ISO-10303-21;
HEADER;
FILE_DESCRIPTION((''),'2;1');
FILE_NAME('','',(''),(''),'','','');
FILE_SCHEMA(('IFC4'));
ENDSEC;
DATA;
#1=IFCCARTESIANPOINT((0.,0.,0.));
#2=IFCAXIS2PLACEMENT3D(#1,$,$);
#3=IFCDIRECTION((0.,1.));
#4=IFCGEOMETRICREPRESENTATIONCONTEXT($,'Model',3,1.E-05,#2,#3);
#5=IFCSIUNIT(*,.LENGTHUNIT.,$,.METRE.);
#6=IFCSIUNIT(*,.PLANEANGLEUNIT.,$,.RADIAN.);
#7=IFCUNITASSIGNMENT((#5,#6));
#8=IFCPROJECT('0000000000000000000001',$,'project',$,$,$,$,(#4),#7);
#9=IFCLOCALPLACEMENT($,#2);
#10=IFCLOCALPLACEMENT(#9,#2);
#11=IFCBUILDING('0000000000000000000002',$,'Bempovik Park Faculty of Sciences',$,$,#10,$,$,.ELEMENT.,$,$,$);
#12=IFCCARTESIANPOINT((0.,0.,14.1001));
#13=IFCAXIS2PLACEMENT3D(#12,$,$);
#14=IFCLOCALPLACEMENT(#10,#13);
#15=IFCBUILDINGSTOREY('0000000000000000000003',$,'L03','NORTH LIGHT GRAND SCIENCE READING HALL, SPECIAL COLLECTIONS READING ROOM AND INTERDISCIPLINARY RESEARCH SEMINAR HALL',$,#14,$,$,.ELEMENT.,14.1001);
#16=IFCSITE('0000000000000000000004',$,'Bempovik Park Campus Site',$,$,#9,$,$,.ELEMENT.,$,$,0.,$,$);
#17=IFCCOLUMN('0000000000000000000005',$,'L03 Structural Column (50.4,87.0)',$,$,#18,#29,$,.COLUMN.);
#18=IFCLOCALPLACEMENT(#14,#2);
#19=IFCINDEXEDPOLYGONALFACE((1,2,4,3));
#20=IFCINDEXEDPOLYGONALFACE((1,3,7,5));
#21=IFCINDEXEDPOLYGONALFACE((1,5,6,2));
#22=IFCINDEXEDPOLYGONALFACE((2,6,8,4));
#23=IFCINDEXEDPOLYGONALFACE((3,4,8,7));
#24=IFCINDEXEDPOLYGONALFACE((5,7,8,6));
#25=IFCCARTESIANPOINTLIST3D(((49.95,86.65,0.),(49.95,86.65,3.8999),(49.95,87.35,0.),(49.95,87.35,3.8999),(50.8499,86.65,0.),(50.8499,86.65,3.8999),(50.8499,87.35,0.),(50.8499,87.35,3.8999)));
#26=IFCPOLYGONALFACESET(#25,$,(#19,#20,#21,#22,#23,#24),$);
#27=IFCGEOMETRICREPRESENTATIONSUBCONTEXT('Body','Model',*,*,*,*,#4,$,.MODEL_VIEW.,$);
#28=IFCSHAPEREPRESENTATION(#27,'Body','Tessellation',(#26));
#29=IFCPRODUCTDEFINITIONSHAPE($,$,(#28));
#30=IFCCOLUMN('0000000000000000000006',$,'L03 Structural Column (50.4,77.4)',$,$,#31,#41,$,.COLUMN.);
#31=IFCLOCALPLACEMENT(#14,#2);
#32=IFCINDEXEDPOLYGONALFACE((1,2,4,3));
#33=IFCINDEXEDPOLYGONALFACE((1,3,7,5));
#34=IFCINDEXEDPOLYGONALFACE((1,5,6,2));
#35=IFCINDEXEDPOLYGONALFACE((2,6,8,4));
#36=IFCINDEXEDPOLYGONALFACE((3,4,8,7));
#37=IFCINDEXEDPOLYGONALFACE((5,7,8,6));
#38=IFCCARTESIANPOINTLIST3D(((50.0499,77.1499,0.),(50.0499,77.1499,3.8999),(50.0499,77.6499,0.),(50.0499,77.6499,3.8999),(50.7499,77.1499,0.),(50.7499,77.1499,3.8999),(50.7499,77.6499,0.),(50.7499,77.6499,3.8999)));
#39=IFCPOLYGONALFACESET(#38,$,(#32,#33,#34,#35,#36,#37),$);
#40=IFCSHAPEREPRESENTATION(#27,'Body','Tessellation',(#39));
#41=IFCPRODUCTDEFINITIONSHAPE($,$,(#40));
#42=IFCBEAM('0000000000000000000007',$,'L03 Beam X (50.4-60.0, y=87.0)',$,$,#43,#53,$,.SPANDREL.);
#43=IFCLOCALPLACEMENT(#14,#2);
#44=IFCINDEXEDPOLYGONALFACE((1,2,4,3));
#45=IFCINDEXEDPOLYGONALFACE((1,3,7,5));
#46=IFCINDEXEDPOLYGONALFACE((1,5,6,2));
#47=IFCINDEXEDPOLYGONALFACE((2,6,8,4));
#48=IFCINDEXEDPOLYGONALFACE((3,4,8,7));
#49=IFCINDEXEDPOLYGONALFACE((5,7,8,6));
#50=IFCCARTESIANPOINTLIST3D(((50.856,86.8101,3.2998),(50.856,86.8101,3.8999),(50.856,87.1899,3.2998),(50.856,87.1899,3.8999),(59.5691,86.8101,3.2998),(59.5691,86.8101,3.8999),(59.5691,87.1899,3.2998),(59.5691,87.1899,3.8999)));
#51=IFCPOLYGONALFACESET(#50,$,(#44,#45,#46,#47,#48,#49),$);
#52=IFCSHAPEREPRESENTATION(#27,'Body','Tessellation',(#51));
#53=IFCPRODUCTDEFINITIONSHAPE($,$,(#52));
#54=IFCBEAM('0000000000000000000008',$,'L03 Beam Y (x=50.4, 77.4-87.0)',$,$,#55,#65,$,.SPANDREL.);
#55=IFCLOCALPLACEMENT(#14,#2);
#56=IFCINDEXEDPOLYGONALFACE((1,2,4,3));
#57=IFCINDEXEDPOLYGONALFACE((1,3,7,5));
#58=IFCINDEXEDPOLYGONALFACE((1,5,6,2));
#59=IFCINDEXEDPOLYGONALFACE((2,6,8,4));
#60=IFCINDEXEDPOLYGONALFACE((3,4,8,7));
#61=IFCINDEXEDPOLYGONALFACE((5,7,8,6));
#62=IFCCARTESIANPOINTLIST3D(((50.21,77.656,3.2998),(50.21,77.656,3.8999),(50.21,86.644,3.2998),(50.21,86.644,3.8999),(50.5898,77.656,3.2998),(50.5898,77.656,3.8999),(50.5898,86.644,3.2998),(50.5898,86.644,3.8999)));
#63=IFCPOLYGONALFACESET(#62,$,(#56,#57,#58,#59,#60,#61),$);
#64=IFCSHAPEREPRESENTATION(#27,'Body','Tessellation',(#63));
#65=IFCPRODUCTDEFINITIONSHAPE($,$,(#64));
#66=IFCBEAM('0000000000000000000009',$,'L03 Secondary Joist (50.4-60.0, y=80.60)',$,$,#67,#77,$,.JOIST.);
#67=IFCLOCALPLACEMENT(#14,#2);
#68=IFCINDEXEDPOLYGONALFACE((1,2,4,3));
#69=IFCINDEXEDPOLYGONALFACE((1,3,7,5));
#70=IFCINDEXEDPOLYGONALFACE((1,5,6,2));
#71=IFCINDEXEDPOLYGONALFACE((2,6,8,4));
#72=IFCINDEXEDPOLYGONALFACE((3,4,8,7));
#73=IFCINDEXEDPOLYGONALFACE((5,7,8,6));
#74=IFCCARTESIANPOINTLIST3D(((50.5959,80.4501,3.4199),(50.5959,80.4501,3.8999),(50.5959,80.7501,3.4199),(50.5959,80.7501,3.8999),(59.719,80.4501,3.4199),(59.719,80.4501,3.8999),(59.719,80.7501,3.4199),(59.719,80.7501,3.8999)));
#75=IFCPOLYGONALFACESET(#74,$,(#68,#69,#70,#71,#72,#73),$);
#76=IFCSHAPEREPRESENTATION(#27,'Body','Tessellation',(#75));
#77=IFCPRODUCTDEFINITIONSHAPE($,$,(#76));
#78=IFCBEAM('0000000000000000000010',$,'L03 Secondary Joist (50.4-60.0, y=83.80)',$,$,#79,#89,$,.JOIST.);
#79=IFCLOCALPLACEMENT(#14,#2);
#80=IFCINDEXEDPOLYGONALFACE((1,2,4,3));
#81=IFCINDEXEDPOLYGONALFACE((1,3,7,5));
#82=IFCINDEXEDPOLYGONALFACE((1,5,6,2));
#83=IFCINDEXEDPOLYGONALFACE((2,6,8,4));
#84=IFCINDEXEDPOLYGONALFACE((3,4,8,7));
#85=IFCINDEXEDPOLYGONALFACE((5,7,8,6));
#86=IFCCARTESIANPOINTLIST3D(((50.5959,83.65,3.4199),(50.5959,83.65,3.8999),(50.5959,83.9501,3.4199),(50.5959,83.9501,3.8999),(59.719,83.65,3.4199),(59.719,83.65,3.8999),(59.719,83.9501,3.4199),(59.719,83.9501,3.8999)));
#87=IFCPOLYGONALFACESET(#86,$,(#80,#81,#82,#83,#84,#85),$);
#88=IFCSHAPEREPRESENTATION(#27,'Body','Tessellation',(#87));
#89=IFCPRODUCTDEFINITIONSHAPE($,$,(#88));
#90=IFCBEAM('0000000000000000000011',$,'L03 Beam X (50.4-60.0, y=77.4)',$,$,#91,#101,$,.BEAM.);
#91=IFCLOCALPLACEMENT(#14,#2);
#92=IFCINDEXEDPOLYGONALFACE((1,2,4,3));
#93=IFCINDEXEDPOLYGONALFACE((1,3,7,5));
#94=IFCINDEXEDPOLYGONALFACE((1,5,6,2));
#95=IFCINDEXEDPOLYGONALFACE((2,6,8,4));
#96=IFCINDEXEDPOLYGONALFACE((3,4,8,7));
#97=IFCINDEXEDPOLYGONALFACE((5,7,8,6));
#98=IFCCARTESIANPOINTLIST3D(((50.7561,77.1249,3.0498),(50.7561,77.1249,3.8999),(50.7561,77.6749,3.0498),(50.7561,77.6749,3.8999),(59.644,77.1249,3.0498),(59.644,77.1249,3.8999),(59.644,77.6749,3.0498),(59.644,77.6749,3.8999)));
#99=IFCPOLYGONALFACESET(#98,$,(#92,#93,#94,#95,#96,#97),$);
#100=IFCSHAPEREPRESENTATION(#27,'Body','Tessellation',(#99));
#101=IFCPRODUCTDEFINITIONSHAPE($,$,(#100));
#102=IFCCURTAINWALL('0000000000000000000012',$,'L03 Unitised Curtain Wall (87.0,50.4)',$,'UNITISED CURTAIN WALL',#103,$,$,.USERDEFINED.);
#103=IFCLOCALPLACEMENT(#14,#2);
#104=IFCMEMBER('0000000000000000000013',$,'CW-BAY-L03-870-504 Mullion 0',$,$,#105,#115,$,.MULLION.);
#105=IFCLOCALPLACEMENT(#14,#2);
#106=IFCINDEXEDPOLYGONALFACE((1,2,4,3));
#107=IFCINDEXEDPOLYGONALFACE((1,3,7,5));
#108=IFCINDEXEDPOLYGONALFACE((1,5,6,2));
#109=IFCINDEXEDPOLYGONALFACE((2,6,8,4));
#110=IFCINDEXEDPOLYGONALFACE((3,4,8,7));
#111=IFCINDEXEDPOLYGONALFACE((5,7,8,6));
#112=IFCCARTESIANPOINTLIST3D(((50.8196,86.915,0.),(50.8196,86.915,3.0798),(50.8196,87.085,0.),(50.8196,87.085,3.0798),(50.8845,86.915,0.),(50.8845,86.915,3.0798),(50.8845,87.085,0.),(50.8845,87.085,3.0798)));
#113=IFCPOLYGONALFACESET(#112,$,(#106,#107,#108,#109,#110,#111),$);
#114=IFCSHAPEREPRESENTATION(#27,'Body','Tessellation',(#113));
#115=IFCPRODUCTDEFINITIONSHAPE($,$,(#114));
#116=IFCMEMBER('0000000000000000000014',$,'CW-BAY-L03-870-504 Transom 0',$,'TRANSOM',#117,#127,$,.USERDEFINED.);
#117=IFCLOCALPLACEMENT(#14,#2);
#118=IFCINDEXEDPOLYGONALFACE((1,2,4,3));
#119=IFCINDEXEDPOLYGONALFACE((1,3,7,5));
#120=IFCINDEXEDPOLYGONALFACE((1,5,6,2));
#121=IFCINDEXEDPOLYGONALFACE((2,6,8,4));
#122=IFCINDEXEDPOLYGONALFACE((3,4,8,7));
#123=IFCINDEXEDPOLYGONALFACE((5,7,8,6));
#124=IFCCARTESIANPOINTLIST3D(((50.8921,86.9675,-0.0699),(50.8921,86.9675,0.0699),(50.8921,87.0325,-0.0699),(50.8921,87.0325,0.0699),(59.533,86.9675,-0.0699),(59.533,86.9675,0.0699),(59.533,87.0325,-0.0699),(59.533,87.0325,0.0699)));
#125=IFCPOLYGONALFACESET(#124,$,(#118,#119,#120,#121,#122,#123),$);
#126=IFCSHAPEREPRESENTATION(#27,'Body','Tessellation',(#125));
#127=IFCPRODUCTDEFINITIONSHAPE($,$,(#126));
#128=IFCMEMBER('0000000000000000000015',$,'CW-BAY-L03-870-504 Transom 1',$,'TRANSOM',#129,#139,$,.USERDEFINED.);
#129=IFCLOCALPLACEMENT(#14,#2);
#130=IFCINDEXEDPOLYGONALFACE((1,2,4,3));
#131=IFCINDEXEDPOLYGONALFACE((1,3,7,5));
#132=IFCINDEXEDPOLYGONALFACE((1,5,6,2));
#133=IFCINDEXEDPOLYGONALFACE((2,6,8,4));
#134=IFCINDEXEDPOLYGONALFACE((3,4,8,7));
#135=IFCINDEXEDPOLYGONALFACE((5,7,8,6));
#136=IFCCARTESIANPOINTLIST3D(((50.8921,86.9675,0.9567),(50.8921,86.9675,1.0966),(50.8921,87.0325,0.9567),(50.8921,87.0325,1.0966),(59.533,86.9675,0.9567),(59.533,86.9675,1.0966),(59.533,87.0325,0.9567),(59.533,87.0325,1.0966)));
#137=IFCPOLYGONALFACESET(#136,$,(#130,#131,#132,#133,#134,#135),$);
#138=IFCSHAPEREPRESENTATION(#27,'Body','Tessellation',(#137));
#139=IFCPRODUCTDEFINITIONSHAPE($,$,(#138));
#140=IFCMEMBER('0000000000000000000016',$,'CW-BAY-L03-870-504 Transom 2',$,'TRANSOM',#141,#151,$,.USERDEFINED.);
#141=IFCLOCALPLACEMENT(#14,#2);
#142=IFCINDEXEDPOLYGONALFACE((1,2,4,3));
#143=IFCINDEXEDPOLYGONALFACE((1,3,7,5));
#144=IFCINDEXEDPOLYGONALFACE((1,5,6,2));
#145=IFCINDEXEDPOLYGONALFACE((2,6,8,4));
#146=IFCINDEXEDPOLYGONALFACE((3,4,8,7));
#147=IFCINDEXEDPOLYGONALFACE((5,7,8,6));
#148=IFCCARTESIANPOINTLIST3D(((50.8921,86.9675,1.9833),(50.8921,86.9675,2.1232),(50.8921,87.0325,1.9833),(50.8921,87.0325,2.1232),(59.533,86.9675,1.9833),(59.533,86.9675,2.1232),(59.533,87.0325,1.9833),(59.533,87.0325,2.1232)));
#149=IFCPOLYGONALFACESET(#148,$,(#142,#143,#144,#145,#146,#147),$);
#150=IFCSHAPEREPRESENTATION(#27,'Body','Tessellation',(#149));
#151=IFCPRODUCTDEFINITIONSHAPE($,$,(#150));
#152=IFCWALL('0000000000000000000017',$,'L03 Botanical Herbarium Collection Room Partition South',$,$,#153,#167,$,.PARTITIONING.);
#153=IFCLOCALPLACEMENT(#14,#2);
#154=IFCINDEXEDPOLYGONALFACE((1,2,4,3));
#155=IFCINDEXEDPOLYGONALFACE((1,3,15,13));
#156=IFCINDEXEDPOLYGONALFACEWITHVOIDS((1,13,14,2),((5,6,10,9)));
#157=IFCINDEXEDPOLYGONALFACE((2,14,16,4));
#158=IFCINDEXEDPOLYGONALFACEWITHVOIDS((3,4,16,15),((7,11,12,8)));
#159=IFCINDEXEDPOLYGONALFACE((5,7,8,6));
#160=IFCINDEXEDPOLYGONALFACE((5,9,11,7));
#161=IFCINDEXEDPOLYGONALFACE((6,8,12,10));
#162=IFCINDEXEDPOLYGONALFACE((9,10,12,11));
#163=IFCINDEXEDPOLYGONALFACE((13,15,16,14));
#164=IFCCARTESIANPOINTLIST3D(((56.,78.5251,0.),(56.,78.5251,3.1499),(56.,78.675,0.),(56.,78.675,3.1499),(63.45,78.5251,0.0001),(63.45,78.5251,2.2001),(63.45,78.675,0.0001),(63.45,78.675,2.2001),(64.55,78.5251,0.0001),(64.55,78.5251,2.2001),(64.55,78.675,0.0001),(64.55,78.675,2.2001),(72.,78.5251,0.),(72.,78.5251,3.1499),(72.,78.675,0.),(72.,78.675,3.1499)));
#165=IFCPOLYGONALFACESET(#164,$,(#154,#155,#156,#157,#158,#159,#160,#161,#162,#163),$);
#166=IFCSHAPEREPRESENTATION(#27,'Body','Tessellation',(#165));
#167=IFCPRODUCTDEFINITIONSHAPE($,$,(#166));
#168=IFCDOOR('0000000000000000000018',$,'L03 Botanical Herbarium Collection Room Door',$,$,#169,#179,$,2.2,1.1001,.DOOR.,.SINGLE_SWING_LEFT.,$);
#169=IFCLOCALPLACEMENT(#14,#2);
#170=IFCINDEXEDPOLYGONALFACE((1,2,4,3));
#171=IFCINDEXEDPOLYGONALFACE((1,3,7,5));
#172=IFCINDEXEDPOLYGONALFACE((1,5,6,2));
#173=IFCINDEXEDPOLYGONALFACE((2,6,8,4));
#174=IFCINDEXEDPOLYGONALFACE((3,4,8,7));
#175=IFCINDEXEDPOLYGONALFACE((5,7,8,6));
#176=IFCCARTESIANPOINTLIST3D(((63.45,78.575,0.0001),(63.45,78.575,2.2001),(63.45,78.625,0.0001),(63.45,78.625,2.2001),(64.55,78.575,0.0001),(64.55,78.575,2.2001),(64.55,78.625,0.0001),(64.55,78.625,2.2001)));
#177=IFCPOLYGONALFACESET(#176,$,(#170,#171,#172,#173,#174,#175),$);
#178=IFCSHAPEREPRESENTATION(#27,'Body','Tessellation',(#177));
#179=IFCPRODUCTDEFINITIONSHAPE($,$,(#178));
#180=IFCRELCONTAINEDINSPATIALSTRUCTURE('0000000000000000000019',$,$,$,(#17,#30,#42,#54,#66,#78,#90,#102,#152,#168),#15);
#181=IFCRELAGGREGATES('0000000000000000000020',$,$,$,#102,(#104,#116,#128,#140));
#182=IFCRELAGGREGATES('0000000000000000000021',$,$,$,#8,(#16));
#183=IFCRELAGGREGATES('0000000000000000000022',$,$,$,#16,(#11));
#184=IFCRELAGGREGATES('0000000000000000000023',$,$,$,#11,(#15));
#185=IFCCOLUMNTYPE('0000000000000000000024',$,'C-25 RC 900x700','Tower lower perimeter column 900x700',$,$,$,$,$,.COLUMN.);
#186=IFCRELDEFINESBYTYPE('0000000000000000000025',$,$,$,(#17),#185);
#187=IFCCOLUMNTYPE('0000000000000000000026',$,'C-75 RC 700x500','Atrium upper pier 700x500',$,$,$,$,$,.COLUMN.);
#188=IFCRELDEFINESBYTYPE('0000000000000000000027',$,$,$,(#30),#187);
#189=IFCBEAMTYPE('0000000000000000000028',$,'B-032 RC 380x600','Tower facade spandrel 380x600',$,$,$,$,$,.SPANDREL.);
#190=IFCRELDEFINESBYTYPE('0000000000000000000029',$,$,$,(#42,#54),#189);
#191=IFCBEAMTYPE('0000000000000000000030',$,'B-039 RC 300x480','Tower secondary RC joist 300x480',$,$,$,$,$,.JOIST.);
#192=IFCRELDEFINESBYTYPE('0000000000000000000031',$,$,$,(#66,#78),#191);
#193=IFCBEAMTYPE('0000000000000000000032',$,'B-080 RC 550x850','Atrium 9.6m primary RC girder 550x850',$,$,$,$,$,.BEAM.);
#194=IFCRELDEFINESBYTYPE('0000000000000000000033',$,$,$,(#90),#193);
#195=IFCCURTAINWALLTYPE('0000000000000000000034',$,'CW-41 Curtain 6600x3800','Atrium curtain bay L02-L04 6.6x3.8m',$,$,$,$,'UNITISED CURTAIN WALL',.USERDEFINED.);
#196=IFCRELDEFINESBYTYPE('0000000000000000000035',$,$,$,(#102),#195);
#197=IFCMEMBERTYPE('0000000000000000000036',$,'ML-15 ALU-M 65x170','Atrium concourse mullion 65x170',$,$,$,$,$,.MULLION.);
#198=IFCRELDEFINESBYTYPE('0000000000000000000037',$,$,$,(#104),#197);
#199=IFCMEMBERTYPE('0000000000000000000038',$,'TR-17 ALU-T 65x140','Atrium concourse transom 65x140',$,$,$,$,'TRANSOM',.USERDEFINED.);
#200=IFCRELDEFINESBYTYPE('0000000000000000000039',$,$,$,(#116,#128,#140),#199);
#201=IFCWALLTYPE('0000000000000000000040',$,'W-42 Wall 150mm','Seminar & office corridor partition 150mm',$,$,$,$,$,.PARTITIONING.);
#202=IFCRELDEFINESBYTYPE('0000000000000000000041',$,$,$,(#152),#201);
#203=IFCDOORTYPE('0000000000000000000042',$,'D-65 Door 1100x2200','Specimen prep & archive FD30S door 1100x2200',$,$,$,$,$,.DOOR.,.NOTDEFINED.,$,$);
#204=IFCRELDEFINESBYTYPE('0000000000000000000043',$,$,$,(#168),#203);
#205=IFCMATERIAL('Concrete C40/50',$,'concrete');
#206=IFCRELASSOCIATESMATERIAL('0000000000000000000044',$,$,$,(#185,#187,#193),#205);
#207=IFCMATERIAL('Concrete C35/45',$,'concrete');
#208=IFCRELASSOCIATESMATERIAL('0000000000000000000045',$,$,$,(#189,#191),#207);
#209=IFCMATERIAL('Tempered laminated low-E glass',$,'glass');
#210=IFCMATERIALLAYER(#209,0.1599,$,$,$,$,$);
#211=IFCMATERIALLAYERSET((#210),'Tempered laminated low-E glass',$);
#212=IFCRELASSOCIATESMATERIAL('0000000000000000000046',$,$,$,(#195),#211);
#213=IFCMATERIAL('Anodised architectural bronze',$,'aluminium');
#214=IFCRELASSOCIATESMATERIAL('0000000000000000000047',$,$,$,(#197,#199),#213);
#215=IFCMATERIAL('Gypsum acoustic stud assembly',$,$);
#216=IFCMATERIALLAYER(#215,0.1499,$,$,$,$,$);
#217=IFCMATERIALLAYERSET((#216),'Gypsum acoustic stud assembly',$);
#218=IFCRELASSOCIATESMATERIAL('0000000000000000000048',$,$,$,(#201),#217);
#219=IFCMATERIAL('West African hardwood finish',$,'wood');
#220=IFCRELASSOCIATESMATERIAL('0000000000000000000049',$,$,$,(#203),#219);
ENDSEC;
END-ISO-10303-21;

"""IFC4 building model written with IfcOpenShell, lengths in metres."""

from ifc_helpers import new_model, si_unit, direction, frame, frame_2d, origin, origin_2d, place, context, subcontext, project, spatial, rectangle, extrude, material, layer, layer_set, material_profile, profile_set, type_object, element, fill, aggregate, save


model = new_model("IFC4")

# Units and contexts
model_context = context("Model", 3, precision=1e-05, world=origin(), true_north=direction((0.0, 1.0)))
body_context = subcontext(model_context, "Body", "Model", "MODEL_VIEW")
ifc_project = project(units=[si_unit("LENGTHUNIT", "METRE"), si_unit("PLANEANGLEUNIT", "RADIAN")], contexts=[model_context])

# Site, building, storey
site_placement = place(None, origin())
site = spatial("IfcSite", under=ifc_project, at=site_placement, Name="Bempovik Park Campus Site", CompositionType="ELEMENT", RefElevation=0.0)
building_placement = place(site_placement, origin())
building = spatial("IfcBuilding", under=site, at=building_placement, Name="Bempovik Park Faculty of Sciences", CompositionType="ELEMENT")
storey_placement = place(building_placement, frame((0.0, 0.0, 14.1001)))
storey = spatial("IfcBuildingStorey", under=building, at=storey_placement, Name="L03", Description="NORTH LIGHT GRAND SCIENCE READING HALL, SPECIAL COLLECTIONS READING ROOM AND INTERDISCIPLINARY RESEARCH SEMINAR HALL", CompositionType="ELEMENT", Elevation=14.1001)

# Columns
ifc_material_1 = material(Name="Concrete C40/50", Category="concrete")
ifc_material_profile_1 = material_profile(ifc_material_1, rectangle(XDim=0.8999, YDim=0.7, at=origin_2d()), Name="RC 900x700")
ifc_profile_set_1 = profile_set([ifc_material_profile_1], Name="Concrete C40/50")
column_type_1 = type_object("IfcColumnType", Name="C-25 RC 900x700", Description="Tower lower perimeter column 900x700", PredefinedType="COLUMN", material=ifc_profile_set_1)
column_1_placement = place(storey_placement, frame((50.3999, 87.0, 0.0), z_axis=(0.0, 0.0, 1.0), x_axis=(1.0, 0.0, 0.0)))
element("IfcColumn", 1, at=column_1_placement, inside=storey, type_object=column_type_1, Name="L03 Structural Column (50.4,87.0)", PredefinedType="COLUMN", context=body_context, shape_type="SweptSolid", body=[
    extrude(rectangle(XDim=0.8999, YDim=0.7, at=origin_2d()), origin(), (0.0, 0.0, 1.0), 3.8999),
])
ifc_material_profile_2 = material_profile(ifc_material_1, rectangle(XDim=0.7, YDim=0.5, at=origin_2d()), Name="RC 700x500")
ifc_profile_set_2 = profile_set([ifc_material_profile_2], Name="Concrete C40/50")
column_type_2 = type_object("IfcColumnType", Name="C-75 RC 700x500", Description="Atrium upper pier 700x500", PredefinedType="COLUMN", material=ifc_profile_set_2)
column_2_placement = place(storey_placement, frame((50.3999, 77.3999, 0.0), z_axis=(0.0, 0.0, 1.0), x_axis=(1.0, 0.0, 0.0)))
element("IfcColumn", 2, at=column_2_placement, inside=storey, type_object=column_type_2, Name="L03 Structural Column (50.4,77.4)", PredefinedType="COLUMN", context=body_context, shape_type="SweptSolid", body=[
    extrude(rectangle(XDim=0.7, YDim=0.5, at=origin_2d()), origin(), (0.0, 0.0, 1.0), 3.8999),
])

# Beams
ifc_material_2 = material(Name="Concrete C35/45", Category="concrete")
ifc_material_profile_3 = material_profile(ifc_material_2, rectangle(XDim=0.3799, YDim=0.6001, at=origin_2d()), Name="RC 380x600")
ifc_profile_set_3 = profile_set([ifc_material_profile_3], Name="Concrete C35/45")
beam_type_1 = type_object("IfcBeamType", Name="B-032 RC 380x600", Description="Tower facade spandrel 380x600", PredefinedType="SPANDREL", material=ifc_profile_set_3)
beam_1_placement = place(storey_placement, frame((50.856, 87.0, 3.5999), z_axis=(1.0, 0.0, 0.0), x_axis=(0.0, 1.0, 0.0)))
element("IfcBeam", 3, at=beam_1_placement, inside=storey, type_object=beam_type_1, Name="L03 Beam X (50.4-60.0, y=87.0)", PredefinedType="SPANDREL", context=body_context, shape_type="SweptSolid", body=[
    extrude(rectangle(XDim=0.3799, YDim=0.6001, at=origin_2d()), origin(), (0.0, 0.0, 1.0), 8.7131),
])
beam_2_placement = place(storey_placement, frame((50.3999, 77.656, 3.5999), z_axis=(0.0, 1.0, 0.0), x_axis=(-1.0, 0.0, 0.0)))
element("IfcBeam", 4, at=beam_2_placement, inside=storey, type_object=beam_type_1, Name="L03 Beam Y (x=50.4, 77.4-87.0)", PredefinedType="SPANDREL", context=body_context, shape_type="SweptSolid", body=[
    extrude(rectangle(XDim=0.3799, YDim=0.6001, at=origin_2d()), origin(), (0.0, 0.0, 1.0), 8.988),
])
ifc_material_profile_4 = material_profile(ifc_material_2, rectangle(XDim=0.3, YDim=0.48, at=origin_2d()), Name="RC 300x480")
ifc_profile_set_4 = profile_set([ifc_material_profile_4], Name="Concrete C35/45")
beam_type_2 = type_object("IfcBeamType", Name="B-039 RC 300x480", Description="Tower secondary RC joist 300x480", PredefinedType="JOIST", material=ifc_profile_set_4)
for number, where, z_axis, x_axis, name in (
    (5, (50.5959, 80.6001, 3.6599), (1.0, 0.0, 0.0), (0.0, 1.0, 0.0), "L03 Secondary Joist (50.4-60.0, y=80.60)"),
    (6, (50.5959, 83.8, 3.6599), (1.0, 0.0, 0.0), (0.0, 1.0, 0.0), "L03 Secondary Joist (50.4-60.0, y=83.80)"),
):
    element("IfcBeam", number, at=place(storey_placement, frame(where, z_axis=z_axis, x_axis=x_axis)), inside=storey, type_object=beam_type_2, Name=name, PredefinedType="JOIST", context=body_context, shape_type="SweptSolid", body=[
        extrude(rectangle(XDim=0.3, YDim=0.48, at=origin_2d()), origin(), (0.0, 0.0, 1.0), 9.123),
    ])
ifc_material_profile_5 = material_profile(ifc_material_1, rectangle(XDim=0.55, YDim=0.8501, at=origin_2d()), Name="RC 550x850")
ifc_profile_set_5 = profile_set([ifc_material_profile_5], Name="Concrete C40/50")
beam_type_3 = type_object("IfcBeamType", Name="B-080 RC 550x850", Description="Atrium 9.6m primary RC girder 550x850", PredefinedType="BEAM", material=ifc_profile_set_5)
beam_3_placement = place(storey_placement, frame((50.7561, 77.3999, 3.4749), z_axis=(1.0, 0.0, 0.0), x_axis=(0.0, 1.0, 0.0)))
element("IfcBeam", 7, at=beam_3_placement, inside=storey, type_object=beam_type_3, Name="L03 Beam X (50.4-60.0, y=77.4)", PredefinedType="BEAM", context=body_context, shape_type="SweptSolid", body=[
    extrude(rectangle(XDim=0.55, YDim=0.8501, at=origin_2d()), origin(), (0.0, 0.0, 1.0), 8.8879),
])

# Curtain wall, members
ifc_material_3 = material(Name="Tempered laminated low-E glass", Category="glass")
ifc_layer_1 = layer(ifc_material_3, 0.1599)
ifc_layer_set_1 = layer_set([ifc_layer_1], Name="Tempered laminated low-E glass")
curtain_wall_type = type_object("IfcCurtainWallType", Name="CW-41 Curtain 6600x3800", Description="Atrium curtain bay L02-L04 6.6x3.8m", ElementType="UNITISED CURTAIN WALL", PredefinedType="USERDEFINED", material=ifc_layer_set_1)
curtain_wall_placement = place(storey_placement, origin())
curtain_wall = element("IfcCurtainWall", 8, at=curtain_wall_placement, inside=storey, type_object=curtain_wall_type, Name="L03 Unitised Curtain Wall (87.0,50.4)", ObjectType="UNITISED CURTAIN WALL", PredefinedType="USERDEFINED")
ifc_material_4 = material(Name="Anodised architectural bronze", Category="aluminium")
ifc_material_profile_6 = material_profile(ifc_material_4, rectangle(XDim=0.0649, YDim=0.1699, at=origin_2d()), Name="ALU-M 65x170")
ifc_profile_set_6 = profile_set([ifc_material_profile_6], Name="Anodised architectural bronze")
member_type_1 = type_object("IfcMemberType", Name="ML-15 ALU-M 65x170", Description="Atrium concourse mullion 65x170", PredefinedType="MULLION", material=ifc_profile_set_6)
member_1_placement = place(storey_placement, frame((50.8521, 87.0, 0.0), z_axis=(0.0, 0.0, 1.0), x_axis=(1.0, 0.0, 0.0)))
member_1 = element("IfcMember", 9, at=member_1_placement, type_object=member_type_1, Name="CW-BAY-L03-870-504 Mullion 0", PredefinedType="MULLION", context=body_context, shape_type="SweptSolid", body=[
    extrude(rectangle(XDim=0.0649, YDim=0.1699, at=origin_2d()), origin(), (0.0, 0.0, 1.0), 3.0798),
])
ifc_material_profile_7 = material_profile(ifc_material_4, rectangle(XDim=0.0649, YDim=0.1399, at=origin_2d()), Name="ALU-T 65x140")
ifc_profile_set_7 = profile_set([ifc_material_profile_7], Name="Anodised architectural bronze")
member_type_2 = type_object("IfcMemberType", Name="TR-17 ALU-T 65x140", Description="Atrium concourse transom 65x140", ElementType="TRANSOM", PredefinedType="USERDEFINED", material=ifc_profile_set_7)
member_2_placement = place(storey_placement, frame((50.8921, 87.0, 0.0), z_axis=(1.0, 0.0, 0.0), x_axis=(0.0, 1.0, 0.0)))
member_2 = element("IfcMember", 10, at=member_2_placement, type_object=member_type_2, Name="CW-BAY-L03-870-504 Transom 0", ObjectType="TRANSOM", PredefinedType="USERDEFINED", context=body_context, shape_type="SweptSolid", body=[
    extrude(rectangle(XDim=0.0649, YDim=0.1399, at=origin_2d()), origin(), (0.0, 0.0, 1.0), 8.6409),
])
member_3_placement = place(storey_placement, frame((50.8921, 87.0, 1.0266), z_axis=(1.0, 0.0, 0.0), x_axis=(0.0, 1.0, 0.0)))
member_3 = element("IfcMember", 11, at=member_3_placement, type_object=member_type_2, Name="CW-BAY-L03-870-504 Transom 1", ObjectType="TRANSOM", PredefinedType="USERDEFINED", context=body_context, shape_type="SweptSolid", body=[
    extrude(rectangle(XDim=0.0649, YDim=0.1399, at=origin_2d()), origin(), (0.0, 0.0, 1.0), 8.6409),
])
member_4_placement = place(storey_placement, frame((50.8921, 87.0, 2.0532), z_axis=(1.0, 0.0, 0.0), x_axis=(0.0, 1.0, 0.0)))
member_4 = element("IfcMember", 12, at=member_4_placement, type_object=member_type_2, Name="CW-BAY-L03-870-504 Transom 2", ObjectType="TRANSOM", PredefinedType="USERDEFINED", context=body_context, shape_type="SweptSolid", body=[
    extrude(rectangle(XDim=0.0649, YDim=0.1399, at=origin_2d()), origin(), (0.0, 0.0, 1.0), 8.6409),
])
aggregate(curtain_wall, [member_1, member_2, member_3, member_4])

# Wall, opening, door
ifc_material_5 = material(Name="Gypsum acoustic stud assembly")
ifc_layer_2 = layer(ifc_material_5, 0.1499)
ifc_layer_set_2 = layer_set([ifc_layer_2], Name="Gypsum acoustic stud assembly")
wall_type_1 = type_object("IfcWallType", Name="W-42 Wall 150mm", Description="Seminar & office corridor partition 150mm", PredefinedType="PARTITIONING", material=ifc_layer_set_2)
wall_1_placement = place(storey_placement, frame((56.0, 78.6001, 0.0), z_axis=(0.0, 0.0, 1.0), x_axis=(1.0, 0.0, 0.0)))
wall_1 = element("IfcWall", 13, at=wall_1_placement, inside=storey, type_object=wall_type_1, Name="L03 Botanical Herbarium Collection Room Partition South", PredefinedType="PARTITIONING", context=body_context, shape_type="SweptSolid", body=[
    extrude(rectangle(XDim=16.0, YDim=0.1499, at=frame_2d((8.0, 0.0))), origin(), (0.0, 0.0, 1.0), 3.1499),
])
opening_1_placement = place(wall_1_placement, frame((7.45, 0.0, 0.0)))
opening_1 = element("IfcOpeningElement", 14, at=opening_1_placement, cuts=wall_1, PredefinedType="OPENING", context=body_context, shape_type="SweptSolid", body=[
    extrude(rectangle(XDim=1.1001, YDim=2.2, at=frame_2d((0.55, 1.1001))), frame((0.0, 0.085, 0.0), z_axis=(0.0, -1.0, 0.0), x_axis=(1.0, 0.0, 0.0)), (0.0, 0.0, 1.0), 0.1699),
])
ifc_material_6 = material(Name="West African hardwood finish", Category="wood")
door_type = type_object("IfcDoorType", Name="D-65 Door 1100x2200", Description="Specimen prep & archive FD30S door 1100x2200", OperationType="NOTDEFINED", PredefinedType="DOOR", material=ifc_material_6)
door_placement = place(opening_1_placement, origin())
door = element("IfcDoor", 15, at=door_placement, inside=storey, type_object=door_type, Name="L03 Botanical Herbarium Collection Room Door", OperationType="SINGLE_SWING_LEFT", OverallHeight=2.2, OverallWidth=1.1001, PredefinedType="DOOR", context=body_context, shape_type="SweptSolid", body=[
    extrude(rectangle(XDim=1.1001, YDim=2.2, at=frame_2d((0.55, 1.1001))), frame((0.0, 0.0249, 0.0), z_axis=(0.0, -1.0, 0.0), x_axis=(1.0, 0.0, 0.0)), (0.0, 0.0, 1.0), 0.05),
])
fill(opening_1, door)

save(model, "model.ifc")
